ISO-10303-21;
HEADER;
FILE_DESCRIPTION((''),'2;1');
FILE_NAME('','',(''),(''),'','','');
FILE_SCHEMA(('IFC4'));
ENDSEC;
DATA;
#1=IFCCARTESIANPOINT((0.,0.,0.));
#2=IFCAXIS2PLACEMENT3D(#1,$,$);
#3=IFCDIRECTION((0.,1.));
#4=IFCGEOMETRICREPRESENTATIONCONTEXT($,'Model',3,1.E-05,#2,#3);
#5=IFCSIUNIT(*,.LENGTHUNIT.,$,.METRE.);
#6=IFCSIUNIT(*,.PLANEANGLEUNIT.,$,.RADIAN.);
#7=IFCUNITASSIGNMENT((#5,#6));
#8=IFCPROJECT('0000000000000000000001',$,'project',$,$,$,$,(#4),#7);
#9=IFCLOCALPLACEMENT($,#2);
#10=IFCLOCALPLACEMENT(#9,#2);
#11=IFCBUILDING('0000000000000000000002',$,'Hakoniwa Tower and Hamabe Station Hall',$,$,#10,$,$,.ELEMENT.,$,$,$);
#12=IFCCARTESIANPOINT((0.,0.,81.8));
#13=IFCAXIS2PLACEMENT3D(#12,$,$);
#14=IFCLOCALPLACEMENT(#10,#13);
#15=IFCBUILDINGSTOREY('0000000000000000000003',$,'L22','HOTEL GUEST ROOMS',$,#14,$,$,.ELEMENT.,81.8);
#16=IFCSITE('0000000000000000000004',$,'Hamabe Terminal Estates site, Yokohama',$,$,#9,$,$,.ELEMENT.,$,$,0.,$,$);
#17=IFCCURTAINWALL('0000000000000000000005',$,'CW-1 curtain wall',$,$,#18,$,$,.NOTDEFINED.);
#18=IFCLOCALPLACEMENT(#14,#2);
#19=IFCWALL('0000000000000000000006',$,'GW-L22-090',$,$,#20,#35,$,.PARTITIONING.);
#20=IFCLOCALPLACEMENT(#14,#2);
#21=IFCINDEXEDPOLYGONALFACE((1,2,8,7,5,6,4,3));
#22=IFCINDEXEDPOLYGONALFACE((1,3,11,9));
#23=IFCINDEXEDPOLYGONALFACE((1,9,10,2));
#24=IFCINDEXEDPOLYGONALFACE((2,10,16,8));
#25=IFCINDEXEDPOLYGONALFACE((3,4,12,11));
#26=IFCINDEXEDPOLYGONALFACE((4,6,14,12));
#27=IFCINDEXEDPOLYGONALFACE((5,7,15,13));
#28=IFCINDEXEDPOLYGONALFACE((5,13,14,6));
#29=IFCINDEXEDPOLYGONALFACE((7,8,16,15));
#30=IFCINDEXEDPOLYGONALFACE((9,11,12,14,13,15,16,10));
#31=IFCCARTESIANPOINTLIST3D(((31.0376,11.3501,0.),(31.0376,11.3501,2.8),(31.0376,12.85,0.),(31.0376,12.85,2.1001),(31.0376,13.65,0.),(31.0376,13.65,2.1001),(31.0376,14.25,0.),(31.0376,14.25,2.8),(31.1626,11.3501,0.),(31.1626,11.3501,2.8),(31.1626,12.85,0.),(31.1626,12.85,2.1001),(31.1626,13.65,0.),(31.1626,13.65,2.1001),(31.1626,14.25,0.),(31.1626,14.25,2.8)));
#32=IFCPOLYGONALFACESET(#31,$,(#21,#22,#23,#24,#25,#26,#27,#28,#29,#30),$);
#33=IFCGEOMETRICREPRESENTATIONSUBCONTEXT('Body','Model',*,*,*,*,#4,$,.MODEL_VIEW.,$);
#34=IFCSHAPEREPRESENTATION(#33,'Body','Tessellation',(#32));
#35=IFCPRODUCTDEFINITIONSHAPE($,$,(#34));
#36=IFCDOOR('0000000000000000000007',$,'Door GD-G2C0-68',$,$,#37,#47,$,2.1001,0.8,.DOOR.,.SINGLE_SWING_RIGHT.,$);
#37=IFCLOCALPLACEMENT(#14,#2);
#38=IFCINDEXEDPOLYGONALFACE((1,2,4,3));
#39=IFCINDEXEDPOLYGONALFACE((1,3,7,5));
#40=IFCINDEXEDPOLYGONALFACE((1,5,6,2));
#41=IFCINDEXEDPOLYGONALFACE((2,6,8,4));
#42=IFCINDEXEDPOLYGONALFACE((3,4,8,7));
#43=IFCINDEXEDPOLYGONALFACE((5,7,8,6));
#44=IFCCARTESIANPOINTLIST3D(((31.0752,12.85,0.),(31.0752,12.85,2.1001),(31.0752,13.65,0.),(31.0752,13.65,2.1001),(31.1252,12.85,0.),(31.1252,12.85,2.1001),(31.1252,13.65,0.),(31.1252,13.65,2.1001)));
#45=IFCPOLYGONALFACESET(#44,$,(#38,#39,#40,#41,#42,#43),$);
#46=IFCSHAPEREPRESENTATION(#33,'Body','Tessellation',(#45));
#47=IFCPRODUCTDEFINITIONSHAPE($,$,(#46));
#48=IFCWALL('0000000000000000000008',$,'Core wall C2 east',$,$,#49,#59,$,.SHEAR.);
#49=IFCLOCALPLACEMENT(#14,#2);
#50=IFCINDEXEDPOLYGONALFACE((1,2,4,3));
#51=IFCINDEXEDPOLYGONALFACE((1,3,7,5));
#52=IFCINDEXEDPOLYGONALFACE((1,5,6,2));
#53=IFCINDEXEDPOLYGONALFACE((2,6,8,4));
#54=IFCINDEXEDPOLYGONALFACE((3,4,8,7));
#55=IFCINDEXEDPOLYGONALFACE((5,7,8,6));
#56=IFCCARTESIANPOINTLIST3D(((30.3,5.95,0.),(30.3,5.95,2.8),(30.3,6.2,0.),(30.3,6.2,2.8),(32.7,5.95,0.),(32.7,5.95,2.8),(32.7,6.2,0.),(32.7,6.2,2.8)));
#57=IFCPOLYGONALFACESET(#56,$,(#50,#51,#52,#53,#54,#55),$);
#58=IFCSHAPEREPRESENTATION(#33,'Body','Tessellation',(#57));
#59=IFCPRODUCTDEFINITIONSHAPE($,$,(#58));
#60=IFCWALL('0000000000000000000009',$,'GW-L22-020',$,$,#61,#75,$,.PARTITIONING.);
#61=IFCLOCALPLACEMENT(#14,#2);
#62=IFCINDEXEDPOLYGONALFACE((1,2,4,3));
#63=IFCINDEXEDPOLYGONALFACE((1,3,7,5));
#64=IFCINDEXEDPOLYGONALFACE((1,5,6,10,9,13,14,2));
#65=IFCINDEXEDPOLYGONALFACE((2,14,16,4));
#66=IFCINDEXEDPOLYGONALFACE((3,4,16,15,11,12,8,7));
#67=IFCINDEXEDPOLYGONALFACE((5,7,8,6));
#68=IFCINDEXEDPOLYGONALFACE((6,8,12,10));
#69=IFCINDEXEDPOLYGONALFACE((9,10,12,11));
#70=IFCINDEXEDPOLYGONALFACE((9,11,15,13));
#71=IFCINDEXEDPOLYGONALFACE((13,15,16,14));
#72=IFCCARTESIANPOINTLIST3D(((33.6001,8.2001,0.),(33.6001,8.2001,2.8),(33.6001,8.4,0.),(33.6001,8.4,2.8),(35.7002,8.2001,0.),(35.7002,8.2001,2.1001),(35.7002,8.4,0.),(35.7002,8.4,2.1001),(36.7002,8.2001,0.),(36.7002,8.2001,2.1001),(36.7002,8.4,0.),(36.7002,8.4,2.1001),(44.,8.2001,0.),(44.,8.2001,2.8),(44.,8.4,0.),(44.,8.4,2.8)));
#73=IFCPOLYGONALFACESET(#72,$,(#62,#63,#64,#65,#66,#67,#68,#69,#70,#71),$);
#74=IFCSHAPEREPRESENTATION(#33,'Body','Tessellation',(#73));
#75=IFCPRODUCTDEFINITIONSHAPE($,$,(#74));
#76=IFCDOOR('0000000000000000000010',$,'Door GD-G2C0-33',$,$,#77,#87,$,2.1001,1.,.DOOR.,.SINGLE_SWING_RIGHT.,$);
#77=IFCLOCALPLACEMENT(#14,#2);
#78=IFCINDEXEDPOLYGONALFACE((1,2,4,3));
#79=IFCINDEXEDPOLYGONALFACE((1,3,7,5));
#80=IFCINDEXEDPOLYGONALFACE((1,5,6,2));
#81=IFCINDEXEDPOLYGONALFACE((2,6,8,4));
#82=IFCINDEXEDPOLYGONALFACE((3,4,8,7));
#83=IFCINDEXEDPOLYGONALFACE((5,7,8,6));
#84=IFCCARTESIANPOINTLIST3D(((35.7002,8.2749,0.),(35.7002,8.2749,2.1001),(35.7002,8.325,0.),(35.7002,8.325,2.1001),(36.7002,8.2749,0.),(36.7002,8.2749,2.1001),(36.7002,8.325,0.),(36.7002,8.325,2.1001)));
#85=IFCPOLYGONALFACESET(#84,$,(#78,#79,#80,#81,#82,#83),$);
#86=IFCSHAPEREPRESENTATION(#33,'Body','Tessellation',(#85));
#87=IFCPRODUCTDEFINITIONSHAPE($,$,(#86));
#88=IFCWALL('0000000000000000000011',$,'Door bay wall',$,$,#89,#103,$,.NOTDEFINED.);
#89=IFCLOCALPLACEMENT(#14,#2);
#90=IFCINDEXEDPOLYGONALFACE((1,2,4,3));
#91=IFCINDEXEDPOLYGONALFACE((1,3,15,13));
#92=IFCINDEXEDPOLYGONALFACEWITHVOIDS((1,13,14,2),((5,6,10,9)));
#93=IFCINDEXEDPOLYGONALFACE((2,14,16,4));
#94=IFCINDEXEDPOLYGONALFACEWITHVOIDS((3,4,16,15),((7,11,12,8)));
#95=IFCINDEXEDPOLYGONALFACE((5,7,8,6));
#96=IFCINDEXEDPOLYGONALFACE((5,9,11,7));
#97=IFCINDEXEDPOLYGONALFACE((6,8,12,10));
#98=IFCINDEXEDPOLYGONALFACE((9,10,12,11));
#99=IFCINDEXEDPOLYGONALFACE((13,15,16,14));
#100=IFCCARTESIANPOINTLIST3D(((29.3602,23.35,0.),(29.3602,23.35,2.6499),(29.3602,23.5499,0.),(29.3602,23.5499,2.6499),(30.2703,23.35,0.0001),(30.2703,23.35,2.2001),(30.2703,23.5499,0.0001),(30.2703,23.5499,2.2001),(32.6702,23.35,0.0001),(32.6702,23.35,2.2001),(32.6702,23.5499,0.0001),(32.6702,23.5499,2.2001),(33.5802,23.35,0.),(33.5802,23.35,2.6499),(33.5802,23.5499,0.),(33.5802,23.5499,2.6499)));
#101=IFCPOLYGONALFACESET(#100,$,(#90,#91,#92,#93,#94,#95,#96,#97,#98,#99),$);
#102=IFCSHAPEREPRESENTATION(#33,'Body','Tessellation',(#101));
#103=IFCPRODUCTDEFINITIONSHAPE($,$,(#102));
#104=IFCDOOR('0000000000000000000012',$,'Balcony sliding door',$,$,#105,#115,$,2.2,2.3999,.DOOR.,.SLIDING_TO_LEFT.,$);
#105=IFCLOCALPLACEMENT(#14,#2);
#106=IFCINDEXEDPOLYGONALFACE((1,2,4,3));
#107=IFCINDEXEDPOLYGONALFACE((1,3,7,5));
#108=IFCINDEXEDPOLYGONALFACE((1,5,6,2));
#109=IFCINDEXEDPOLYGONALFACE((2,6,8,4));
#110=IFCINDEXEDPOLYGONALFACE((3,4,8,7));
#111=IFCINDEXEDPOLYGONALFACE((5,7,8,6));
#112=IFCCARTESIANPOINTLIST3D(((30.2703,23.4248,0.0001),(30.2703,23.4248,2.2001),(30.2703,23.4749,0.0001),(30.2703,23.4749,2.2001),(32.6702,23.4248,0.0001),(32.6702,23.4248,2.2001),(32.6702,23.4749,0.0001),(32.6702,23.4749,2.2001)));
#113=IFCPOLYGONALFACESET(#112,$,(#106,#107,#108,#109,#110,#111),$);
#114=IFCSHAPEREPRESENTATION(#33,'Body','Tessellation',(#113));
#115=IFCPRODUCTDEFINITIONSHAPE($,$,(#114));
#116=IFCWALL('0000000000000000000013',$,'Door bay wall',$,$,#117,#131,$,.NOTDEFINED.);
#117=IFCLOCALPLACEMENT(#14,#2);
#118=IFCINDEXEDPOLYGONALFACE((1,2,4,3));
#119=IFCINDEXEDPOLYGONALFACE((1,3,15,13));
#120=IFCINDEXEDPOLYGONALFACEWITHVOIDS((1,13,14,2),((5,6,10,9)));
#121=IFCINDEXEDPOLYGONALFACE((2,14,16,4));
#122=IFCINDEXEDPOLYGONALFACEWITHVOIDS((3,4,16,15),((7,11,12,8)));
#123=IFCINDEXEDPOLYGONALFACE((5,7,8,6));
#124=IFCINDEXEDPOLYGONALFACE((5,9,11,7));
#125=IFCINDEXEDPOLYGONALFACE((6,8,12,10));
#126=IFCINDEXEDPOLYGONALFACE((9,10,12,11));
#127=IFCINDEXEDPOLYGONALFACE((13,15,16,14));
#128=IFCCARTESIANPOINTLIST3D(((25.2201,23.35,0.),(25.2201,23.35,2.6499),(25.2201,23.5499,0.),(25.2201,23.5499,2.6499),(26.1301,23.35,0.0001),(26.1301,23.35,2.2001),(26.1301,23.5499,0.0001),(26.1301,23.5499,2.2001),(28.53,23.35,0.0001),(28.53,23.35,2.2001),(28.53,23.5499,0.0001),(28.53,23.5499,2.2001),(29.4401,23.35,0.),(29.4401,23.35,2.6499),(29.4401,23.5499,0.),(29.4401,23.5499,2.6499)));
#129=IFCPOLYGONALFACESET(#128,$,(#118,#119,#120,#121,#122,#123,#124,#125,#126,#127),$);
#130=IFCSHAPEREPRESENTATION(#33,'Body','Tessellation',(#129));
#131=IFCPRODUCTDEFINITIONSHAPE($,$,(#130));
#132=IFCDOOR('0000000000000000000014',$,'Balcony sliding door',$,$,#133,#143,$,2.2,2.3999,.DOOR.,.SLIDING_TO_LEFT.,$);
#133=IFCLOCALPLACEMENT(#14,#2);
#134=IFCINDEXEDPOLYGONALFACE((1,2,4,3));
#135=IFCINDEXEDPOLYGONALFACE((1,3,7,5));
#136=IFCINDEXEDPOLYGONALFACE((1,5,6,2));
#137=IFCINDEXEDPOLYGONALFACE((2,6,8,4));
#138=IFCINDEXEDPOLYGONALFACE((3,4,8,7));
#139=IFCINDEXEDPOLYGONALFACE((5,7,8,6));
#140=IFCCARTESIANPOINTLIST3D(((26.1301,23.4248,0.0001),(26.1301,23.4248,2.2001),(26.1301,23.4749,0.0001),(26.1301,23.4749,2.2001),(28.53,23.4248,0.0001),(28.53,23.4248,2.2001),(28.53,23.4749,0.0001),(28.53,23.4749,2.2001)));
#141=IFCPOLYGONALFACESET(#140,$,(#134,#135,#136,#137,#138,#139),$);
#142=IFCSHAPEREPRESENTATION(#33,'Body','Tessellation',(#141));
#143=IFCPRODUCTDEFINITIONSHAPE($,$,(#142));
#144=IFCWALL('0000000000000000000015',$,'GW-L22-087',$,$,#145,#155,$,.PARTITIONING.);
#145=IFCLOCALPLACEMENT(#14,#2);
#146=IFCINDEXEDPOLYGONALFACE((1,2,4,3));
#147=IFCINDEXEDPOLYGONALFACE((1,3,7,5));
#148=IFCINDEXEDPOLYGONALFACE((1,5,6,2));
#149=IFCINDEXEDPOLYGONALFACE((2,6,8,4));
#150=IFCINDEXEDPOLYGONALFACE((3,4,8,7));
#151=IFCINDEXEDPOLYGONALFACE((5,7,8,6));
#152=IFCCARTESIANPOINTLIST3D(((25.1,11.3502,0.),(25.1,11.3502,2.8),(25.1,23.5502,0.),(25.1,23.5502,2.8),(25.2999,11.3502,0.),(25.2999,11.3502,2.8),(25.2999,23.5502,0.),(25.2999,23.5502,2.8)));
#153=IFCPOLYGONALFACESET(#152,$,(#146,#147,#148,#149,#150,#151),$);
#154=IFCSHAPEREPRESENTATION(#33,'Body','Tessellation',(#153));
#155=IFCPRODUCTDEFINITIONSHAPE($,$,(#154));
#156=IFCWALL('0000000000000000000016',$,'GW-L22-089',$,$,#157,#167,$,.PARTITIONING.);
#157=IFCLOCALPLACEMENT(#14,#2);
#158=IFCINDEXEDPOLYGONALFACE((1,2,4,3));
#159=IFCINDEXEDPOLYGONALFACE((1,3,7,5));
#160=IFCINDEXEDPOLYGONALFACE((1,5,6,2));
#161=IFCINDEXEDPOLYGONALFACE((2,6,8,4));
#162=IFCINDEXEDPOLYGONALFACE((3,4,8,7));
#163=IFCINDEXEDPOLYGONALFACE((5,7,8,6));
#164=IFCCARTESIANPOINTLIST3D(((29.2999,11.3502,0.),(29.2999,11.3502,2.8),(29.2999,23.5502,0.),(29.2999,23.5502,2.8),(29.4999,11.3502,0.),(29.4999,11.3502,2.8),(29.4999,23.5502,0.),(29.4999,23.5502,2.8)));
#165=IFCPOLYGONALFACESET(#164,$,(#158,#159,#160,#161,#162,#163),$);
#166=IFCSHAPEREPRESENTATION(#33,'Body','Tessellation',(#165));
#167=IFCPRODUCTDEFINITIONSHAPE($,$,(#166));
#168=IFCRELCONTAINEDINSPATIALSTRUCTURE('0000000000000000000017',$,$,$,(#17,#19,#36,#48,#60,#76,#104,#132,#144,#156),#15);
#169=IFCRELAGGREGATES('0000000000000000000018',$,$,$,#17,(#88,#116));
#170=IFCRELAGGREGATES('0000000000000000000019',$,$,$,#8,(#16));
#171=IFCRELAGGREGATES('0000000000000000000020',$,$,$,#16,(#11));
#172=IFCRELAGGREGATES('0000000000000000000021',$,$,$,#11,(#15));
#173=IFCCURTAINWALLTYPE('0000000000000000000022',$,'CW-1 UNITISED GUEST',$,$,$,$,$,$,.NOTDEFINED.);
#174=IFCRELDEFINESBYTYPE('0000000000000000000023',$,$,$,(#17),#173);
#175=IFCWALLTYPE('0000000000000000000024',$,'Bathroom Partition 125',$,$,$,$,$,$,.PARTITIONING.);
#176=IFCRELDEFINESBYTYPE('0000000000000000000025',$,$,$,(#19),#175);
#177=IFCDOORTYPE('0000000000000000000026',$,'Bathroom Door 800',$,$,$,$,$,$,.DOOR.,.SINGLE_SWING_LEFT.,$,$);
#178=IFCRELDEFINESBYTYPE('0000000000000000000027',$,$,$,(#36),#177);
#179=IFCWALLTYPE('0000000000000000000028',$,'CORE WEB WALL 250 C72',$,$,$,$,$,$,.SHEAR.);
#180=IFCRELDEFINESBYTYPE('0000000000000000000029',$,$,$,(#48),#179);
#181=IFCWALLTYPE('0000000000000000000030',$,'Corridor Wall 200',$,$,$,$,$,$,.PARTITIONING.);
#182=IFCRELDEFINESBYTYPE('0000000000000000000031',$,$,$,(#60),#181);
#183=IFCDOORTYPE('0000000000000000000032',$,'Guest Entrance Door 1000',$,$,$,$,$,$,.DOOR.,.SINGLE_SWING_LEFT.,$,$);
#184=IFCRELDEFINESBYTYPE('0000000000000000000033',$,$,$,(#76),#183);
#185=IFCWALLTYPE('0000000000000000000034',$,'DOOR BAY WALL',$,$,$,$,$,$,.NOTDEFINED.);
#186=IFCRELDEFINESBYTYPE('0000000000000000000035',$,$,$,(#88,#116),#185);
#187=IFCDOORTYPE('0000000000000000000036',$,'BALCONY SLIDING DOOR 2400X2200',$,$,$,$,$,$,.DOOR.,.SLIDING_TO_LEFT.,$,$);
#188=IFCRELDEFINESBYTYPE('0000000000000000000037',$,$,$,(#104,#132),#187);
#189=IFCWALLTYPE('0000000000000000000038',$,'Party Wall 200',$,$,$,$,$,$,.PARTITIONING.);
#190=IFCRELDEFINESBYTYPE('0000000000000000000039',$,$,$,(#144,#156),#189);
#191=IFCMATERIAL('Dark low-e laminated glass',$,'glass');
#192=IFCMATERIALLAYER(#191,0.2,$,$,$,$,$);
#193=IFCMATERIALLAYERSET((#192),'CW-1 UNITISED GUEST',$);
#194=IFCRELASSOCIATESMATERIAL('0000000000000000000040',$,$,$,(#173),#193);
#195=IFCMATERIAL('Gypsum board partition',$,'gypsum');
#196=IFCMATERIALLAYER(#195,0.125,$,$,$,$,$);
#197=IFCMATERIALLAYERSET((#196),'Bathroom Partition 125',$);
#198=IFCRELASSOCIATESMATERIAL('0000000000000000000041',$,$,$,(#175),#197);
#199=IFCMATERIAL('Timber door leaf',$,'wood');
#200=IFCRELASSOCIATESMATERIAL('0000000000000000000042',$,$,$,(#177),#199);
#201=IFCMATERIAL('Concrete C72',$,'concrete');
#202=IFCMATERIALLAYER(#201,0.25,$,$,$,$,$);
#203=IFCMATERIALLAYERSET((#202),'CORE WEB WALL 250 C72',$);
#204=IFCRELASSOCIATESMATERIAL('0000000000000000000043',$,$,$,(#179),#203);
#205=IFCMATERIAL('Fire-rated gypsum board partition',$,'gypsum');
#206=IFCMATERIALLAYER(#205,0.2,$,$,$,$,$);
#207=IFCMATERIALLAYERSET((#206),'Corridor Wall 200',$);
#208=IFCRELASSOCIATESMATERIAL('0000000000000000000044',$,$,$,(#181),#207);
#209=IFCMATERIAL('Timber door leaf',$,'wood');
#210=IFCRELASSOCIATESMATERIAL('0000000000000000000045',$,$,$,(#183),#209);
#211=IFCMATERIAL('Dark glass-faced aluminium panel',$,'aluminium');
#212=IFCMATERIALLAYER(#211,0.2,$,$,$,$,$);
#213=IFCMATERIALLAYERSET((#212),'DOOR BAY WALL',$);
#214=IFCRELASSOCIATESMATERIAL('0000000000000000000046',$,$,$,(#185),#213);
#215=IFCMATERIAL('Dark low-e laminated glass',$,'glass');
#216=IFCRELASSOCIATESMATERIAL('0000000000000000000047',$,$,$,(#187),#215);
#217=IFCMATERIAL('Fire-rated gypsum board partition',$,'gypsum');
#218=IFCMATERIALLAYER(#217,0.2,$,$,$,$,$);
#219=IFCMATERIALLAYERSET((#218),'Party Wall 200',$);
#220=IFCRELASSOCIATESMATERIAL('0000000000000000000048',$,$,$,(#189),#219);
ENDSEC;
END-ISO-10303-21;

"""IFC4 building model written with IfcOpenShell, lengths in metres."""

from ifc_helpers import new_model, si_unit, direction, frame, frame_2d, origin, place, context, subcontext, project, spatial, rectangle, extrude, material, layer, layer_set, type_object, element, fill, aggregate, save


model = new_model("IFC4")

# Units and contexts
model_context = context("Model", 3, precision=1e-05, world=origin(), true_north=direction((0.0, 1.0)))
body_context = subcontext(model_context, "Body", "Model", "MODEL_VIEW")
ifc_project = project(units=[si_unit("LENGTHUNIT", "METRE"), si_unit("PLANEANGLEUNIT", "RADIAN")], contexts=[model_context])

# Site, building, storey
site_placement = place(None, origin())
site = spatial("IfcSite", under=ifc_project, at=site_placement, Name="Hamabe Terminal Estates site, Yokohama", CompositionType="ELEMENT", RefElevation=0.0)
building_placement = place(site_placement, origin())
building = spatial("IfcBuilding", under=site, at=building_placement, Name="Hakoniwa Tower and Hamabe Station Hall", CompositionType="ELEMENT")
storey_placement = place(building_placement, frame((0.0, 0.0, 81.8)))
storey = spatial("IfcBuildingStorey", under=building, at=storey_placement, Name="L22", Description="HOTEL GUEST ROOMS", CompositionType="ELEMENT", Elevation=81.8)

# Curtain wall
ifc_material_1 = material(Name="Dark low-e laminated glass", Category="glass")
ifc_layer_1 = layer(ifc_material_1, 0.2)
ifc_layer_set_1 = layer_set([ifc_layer_1], Name="CW-1 UNITISED GUEST")
curtain_wall_type = type_object("IfcCurtainWallType", Name="CW-1 UNITISED GUEST", PredefinedType="NOTDEFINED", material=ifc_layer_set_1)
curtain_wall_placement = place(storey_placement, origin())
curtain_wall = element("IfcCurtainWall", 1, at=curtain_wall_placement, inside=storey, type_object=curtain_wall_type, Name="CW-1 curtain wall", PredefinedType="NOTDEFINED")

# Shared definitions
ifc_material_2 = material(Name="Gypsum board partition", Category="gypsum")
ifc_layer_2 = layer(ifc_material_2, 0.125)
ifc_layer_set_2 = layer_set([ifc_layer_2], Name="Bathroom Partition 125")
wall_type_1 = type_object("IfcWallType", Name="Bathroom Partition 125", PredefinedType="PARTITIONING", material=ifc_layer_set_2)

# Wall, opening, door
ifc_material_3 = material(Name="Timber door leaf", Category="wood")
door_type_1 = type_object("IfcDoorType", Name="Bathroom Door 800", OperationType="SINGLE_SWING_LEFT", PredefinedType="DOOR", material=ifc_material_3)
wall_1_placement = place(storey_placement, frame((31.1001, 11.3501, 0.0), z_axis=(0.0, 0.0, 1.0), x_axis=(0.0, 1.0, 0.0)))
wall_1 = element("IfcWall", 2, at=wall_1_placement, inside=storey, type_object=wall_type_1, Name="GW-L22-090", PredefinedType="PARTITIONING", context=body_context, shape_type="SweptSolid", body=[
    extrude(rectangle(XDim=2.8999, YDim=0.125, at=frame_2d((1.45, 0.0))), origin(), (0.0, 0.0, 1.0), 2.8),
])
opening_1_placement = place(wall_1_placement, frame((1.5, 0.0, 0.0)))
opening_1 = element("IfcOpeningElement", 3, at=opening_1_placement, cuts=wall_1, PredefinedType="OPENING", context=body_context, shape_type="SweptSolid", body=[
    extrude(rectangle(XDim=0.8, YDim=2.1001, at=frame_2d((0.3999, 1.05))), frame((0.0, 0.0725, 0.0), z_axis=(0.0, -1.0, 0.0), x_axis=(1.0, 0.0, 0.0)), (0.0, 0.0, 1.0), 0.145),
])
door_1_placement = place(opening_1_placement, origin())
door_1 = element("IfcDoor", 4, at=door_1_placement, inside=storey, type_object=door_type_1, Name="Door GD-G2C0-68", OperationType="SINGLE_SWING_RIGHT", OverallHeight=2.1001, OverallWidth=0.8, PredefinedType="DOOR", context=body_context, shape_type="SweptSolid", body=[
    extrude(rectangle(XDim=0.8, YDim=2.1001, at=frame_2d((0.3999, 1.05))), frame((0.0, 0.0249, 0.0), z_axis=(0.0, -1.0, 0.0), x_axis=(1.0, 0.0, 0.0)), (0.0, 0.0, 1.0), 0.05),
])
fill(opening_1, door_1)

# Wall
ifc_material_4 = material(Name="Concrete C72", Category="concrete")
ifc_layer_3 = layer(ifc_material_4, 0.25)
ifc_layer_set_3 = layer_set([ifc_layer_3], Name="CORE WEB WALL 250 C72")
wall_type_2 = type_object("IfcWallType", Name="CORE WEB WALL 250 C72", PredefinedType="SHEAR", material=ifc_layer_set_3)
wall_2_placement = place(storey_placement, frame((30.3, 6.075, 0.0), z_axis=(0.0, 0.0, 1.0), x_axis=(1.0, 0.0, 0.0)))
element("IfcWall", 5, at=wall_2_placement, inside=storey, type_object=wall_type_2, Name="Core wall C2 east", PredefinedType="SHEAR", context=body_context, shape_type="SweptSolid", body=[
    extrude(rectangle(XDim=2.3999, YDim=0.25, at=frame_2d((1.2, 0.0))), origin(), (0.0, 0.0, 1.0), 2.8),
])

# Walls, openings, doors
ifc_material_5 = material(Name="Fire-rated gypsum board partition", Category="gypsum")
ifc_layer_4 = layer(ifc_material_5, 0.2)
ifc_layer_set_4 = layer_set([ifc_layer_4], Name="Corridor Wall 200")
wall_type_3 = type_object("IfcWallType", Name="Corridor Wall 200", PredefinedType="PARTITIONING", material=ifc_layer_set_4)
wall_3_placement = place(storey_placement, frame((33.6001, 8.3, 0.0), z_axis=(0.0, 0.0, 1.0), x_axis=(1.0, 0.0, 0.0)))
wall_3 = element("IfcWall", 6, at=wall_3_placement, inside=storey, type_object=wall_type_3, Name="GW-L22-020", PredefinedType="PARTITIONING", context=body_context, shape_type="SweptSolid", body=[
    extrude(rectangle(XDim=10.3999, YDim=0.2, at=frame_2d((5.2, 0.0))), origin(), (0.0, 0.0, 1.0), 2.8),
])
opening_2_placement = place(wall_3_placement, frame((2.1001, 0.0, 0.0)))
opening_2 = element("IfcOpeningElement", 7, at=opening_2_placement, cuts=wall_3, PredefinedType="OPENING", context=body_context, shape_type="SweptSolid", body=[
    extrude(rectangle(XDim=1.0, YDim=2.1001, at=frame_2d((0.5, 1.05))), frame((0.0, 0.1099, 0.0), z_axis=(0.0, -1.0, 0.0), x_axis=(1.0, 0.0, 0.0)), (0.0, 0.0, 1.0), 0.22),
])
ifc_material_6 = material(Name="Timber door leaf", Category="wood")
door_type_2 = type_object("IfcDoorType", Name="Guest Entrance Door 1000", OperationType="SINGLE_SWING_LEFT", PredefinedType="DOOR", material=ifc_material_6)
door_2_placement = place(opening_2_placement, origin())
door_2 = element("IfcDoor", 8, at=door_2_placement, inside=storey, type_object=door_type_2, Name="Door GD-G2C0-33", OperationType="SINGLE_SWING_RIGHT", OverallHeight=2.1001, OverallWidth=1.0, PredefinedType="DOOR", context=body_context, shape_type="SweptSolid", body=[
    extrude(rectangle(XDim=1.0, YDim=2.1001, at=frame_2d((0.5, 1.05))), frame((0.0, 0.0249, 0.0), z_axis=(0.0, -1.0, 0.0), x_axis=(1.0, 0.0, 0.0)), (0.0, 0.0, 1.0), 0.05),
])
fill(opening_2, door_2)
ifc_material_7 = material(Name="Dark glass-faced aluminium panel", Category="aluminium")
ifc_layer_5 = layer(ifc_material_7, 0.2)
ifc_layer_set_5 = layer_set([ifc_layer_5], Name="DOOR BAY WALL")
wall_type_4 = type_object("IfcWallType", Name="DOOR BAY WALL", PredefinedType="NOTDEFINED", material=ifc_layer_set_5)
wall_4_placement = place(storey_placement, frame((33.5801, 23.45, 0.0), z_axis=(0.0, 0.0, 1.0), x_axis=(-1.0, 0.0, 0.0)))
wall_4 = element("IfcWall", 9, at=wall_4_placement, type_object=wall_type_4, Name="Door bay wall", PredefinedType="NOTDEFINED", context=body_context, shape_type="SweptSolid", body=[
    extrude(rectangle(XDim=4.22, YDim=0.2, at=frame_2d((2.1099, 0.0))), origin(), (0.0, 0.0, 1.0), 2.6499),
])
opening_3_placement = place(wall_4_placement, frame((0.9099, 0.0, 0.0)))
opening_3 = element("IfcOpeningElement", 10, at=opening_3_placement, cuts=wall_4, PredefinedType="OPENING", context=body_context, shape_type="SweptSolid", body=[
    extrude(rectangle(XDim=2.3999, YDim=2.2, at=frame_2d((1.2, 1.1001))), frame((0.0, 0.1099, 0.0), z_axis=(0.0, -1.0, 0.0), x_axis=(1.0, 0.0, 0.0)), (0.0, 0.0, 1.0), 0.22),
])
ifc_material_8 = material(Name="Dark low-e laminated glass", Category="glass")
door_type_3 = type_object("IfcDoorType", Name="BALCONY SLIDING DOOR 2400X2200", OperationType="SLIDING_TO_LEFT", PredefinedType="DOOR", material=ifc_material_8)
door_3_placement = place(opening_3_placement, frame((2.3999, 0.0, 0.0), z_axis=(0.0, 0.0, 1.0), x_axis=(-1.0, 0.0, 0.0)))
door_3 = element("IfcDoor", 11, at=door_3_placement, inside=storey, type_object=door_type_3, Name="Balcony sliding door", OperationType="SLIDING_TO_LEFT", OverallHeight=2.2, OverallWidth=2.3999, PredefinedType="DOOR", context=body_context, shape_type="SweptSolid", body=[
    extrude(rectangle(XDim=2.3999, YDim=2.2, at=frame_2d((1.2, 1.1001))), frame((0.0, 0.0249, 0.0), z_axis=(0.0, -1.0, 0.0), x_axis=(1.0, 0.0, 0.0)), (0.0, 0.0, 1.0), 0.05),
])
fill(opening_3, door_3)
wall_5_placement = place(storey_placement, frame((29.4399, 23.45, 0.0), z_axis=(0.0, 0.0, 1.0), x_axis=(-1.0, 0.0, 0.0)))
wall_5 = element("IfcWall", 12, at=wall_5_placement, type_object=wall_type_4, Name="Door bay wall", PredefinedType="NOTDEFINED", context=body_context, shape_type="SweptSolid", body=[
    extrude(rectangle(XDim=4.22, YDim=0.2, at=frame_2d((2.1099, 0.0))), origin(), (0.0, 0.0, 1.0), 2.6499),
])
opening_4_placement = place(wall_5_placement, frame((0.9099, 0.0, 0.0)))
opening_4 = element("IfcOpeningElement", 13, at=opening_4_placement, cuts=wall_5, PredefinedType="OPENING", context=body_context, shape_type="SweptSolid", body=[
    extrude(rectangle(XDim=2.3999, YDim=2.2, at=frame_2d((1.2, 1.1001))), frame((0.0, 0.1099, 0.0), z_axis=(0.0, -1.0, 0.0), x_axis=(1.0, 0.0, 0.0)), (0.0, 0.0, 1.0), 0.22),
])
door_4_placement = place(opening_4_placement, frame((2.3999, 0.0, 0.0), z_axis=(0.0, 0.0, 1.0), x_axis=(-1.0, 0.0, 0.0)))
door_4 = element("IfcDoor", 14, at=door_4_placement, inside=storey, type_object=door_type_3, Name="Balcony sliding door", OperationType="SLIDING_TO_LEFT", OverallHeight=2.2, OverallWidth=2.3999, PredefinedType="DOOR", context=body_context, shape_type="SweptSolid", body=[
    extrude(rectangle(XDim=2.3999, YDim=2.2, at=frame_2d((1.2, 1.1001))), frame((0.0, 0.0249, 0.0), z_axis=(0.0, -1.0, 0.0), x_axis=(1.0, 0.0, 0.0)), (0.0, 0.0, 1.0), 0.05),
])
fill(opening_4, door_4)
aggregate(curtain_wall, [wall_4, wall_5])

# Walls
ifc_material_9 = material(Name="Fire-rated gypsum board partition", Category="gypsum")
ifc_layer_6 = layer(ifc_material_9, 0.2)
ifc_layer_set_6 = layer_set([ifc_layer_6], Name="Party Wall 200")
wall_type_5 = type_object("IfcWallType", Name="Party Wall 200", PredefinedType="PARTITIONING", material=ifc_layer_set_6)
for number, where, z_axis, x_axis, name in (
    (15, (25.2, 11.3501, 0.0), (0.0, 0.0, 1.0), (0.0, 1.0, 0.0), "GW-L22-087"),
    (16, (29.3999, 11.3501, 0.0), (0.0, 0.0, 1.0), (0.0, 1.0, 0.0), "GW-L22-089"),
):
    element("IfcWall", number, at=place(storey_placement, frame(where, z_axis=z_axis, x_axis=x_axis)), inside=storey, type_object=wall_type_5, Name=name, PredefinedType="PARTITIONING", context=body_context, shape_type="SweptSolid", body=[
        extrude(rectangle(XDim=12.2, YDim=0.2, at=frame_2d((6.1001, 0.0))), origin(), (0.0, 0.0, 1.0), 2.8),
    ])

save(model, "model.ifc")
